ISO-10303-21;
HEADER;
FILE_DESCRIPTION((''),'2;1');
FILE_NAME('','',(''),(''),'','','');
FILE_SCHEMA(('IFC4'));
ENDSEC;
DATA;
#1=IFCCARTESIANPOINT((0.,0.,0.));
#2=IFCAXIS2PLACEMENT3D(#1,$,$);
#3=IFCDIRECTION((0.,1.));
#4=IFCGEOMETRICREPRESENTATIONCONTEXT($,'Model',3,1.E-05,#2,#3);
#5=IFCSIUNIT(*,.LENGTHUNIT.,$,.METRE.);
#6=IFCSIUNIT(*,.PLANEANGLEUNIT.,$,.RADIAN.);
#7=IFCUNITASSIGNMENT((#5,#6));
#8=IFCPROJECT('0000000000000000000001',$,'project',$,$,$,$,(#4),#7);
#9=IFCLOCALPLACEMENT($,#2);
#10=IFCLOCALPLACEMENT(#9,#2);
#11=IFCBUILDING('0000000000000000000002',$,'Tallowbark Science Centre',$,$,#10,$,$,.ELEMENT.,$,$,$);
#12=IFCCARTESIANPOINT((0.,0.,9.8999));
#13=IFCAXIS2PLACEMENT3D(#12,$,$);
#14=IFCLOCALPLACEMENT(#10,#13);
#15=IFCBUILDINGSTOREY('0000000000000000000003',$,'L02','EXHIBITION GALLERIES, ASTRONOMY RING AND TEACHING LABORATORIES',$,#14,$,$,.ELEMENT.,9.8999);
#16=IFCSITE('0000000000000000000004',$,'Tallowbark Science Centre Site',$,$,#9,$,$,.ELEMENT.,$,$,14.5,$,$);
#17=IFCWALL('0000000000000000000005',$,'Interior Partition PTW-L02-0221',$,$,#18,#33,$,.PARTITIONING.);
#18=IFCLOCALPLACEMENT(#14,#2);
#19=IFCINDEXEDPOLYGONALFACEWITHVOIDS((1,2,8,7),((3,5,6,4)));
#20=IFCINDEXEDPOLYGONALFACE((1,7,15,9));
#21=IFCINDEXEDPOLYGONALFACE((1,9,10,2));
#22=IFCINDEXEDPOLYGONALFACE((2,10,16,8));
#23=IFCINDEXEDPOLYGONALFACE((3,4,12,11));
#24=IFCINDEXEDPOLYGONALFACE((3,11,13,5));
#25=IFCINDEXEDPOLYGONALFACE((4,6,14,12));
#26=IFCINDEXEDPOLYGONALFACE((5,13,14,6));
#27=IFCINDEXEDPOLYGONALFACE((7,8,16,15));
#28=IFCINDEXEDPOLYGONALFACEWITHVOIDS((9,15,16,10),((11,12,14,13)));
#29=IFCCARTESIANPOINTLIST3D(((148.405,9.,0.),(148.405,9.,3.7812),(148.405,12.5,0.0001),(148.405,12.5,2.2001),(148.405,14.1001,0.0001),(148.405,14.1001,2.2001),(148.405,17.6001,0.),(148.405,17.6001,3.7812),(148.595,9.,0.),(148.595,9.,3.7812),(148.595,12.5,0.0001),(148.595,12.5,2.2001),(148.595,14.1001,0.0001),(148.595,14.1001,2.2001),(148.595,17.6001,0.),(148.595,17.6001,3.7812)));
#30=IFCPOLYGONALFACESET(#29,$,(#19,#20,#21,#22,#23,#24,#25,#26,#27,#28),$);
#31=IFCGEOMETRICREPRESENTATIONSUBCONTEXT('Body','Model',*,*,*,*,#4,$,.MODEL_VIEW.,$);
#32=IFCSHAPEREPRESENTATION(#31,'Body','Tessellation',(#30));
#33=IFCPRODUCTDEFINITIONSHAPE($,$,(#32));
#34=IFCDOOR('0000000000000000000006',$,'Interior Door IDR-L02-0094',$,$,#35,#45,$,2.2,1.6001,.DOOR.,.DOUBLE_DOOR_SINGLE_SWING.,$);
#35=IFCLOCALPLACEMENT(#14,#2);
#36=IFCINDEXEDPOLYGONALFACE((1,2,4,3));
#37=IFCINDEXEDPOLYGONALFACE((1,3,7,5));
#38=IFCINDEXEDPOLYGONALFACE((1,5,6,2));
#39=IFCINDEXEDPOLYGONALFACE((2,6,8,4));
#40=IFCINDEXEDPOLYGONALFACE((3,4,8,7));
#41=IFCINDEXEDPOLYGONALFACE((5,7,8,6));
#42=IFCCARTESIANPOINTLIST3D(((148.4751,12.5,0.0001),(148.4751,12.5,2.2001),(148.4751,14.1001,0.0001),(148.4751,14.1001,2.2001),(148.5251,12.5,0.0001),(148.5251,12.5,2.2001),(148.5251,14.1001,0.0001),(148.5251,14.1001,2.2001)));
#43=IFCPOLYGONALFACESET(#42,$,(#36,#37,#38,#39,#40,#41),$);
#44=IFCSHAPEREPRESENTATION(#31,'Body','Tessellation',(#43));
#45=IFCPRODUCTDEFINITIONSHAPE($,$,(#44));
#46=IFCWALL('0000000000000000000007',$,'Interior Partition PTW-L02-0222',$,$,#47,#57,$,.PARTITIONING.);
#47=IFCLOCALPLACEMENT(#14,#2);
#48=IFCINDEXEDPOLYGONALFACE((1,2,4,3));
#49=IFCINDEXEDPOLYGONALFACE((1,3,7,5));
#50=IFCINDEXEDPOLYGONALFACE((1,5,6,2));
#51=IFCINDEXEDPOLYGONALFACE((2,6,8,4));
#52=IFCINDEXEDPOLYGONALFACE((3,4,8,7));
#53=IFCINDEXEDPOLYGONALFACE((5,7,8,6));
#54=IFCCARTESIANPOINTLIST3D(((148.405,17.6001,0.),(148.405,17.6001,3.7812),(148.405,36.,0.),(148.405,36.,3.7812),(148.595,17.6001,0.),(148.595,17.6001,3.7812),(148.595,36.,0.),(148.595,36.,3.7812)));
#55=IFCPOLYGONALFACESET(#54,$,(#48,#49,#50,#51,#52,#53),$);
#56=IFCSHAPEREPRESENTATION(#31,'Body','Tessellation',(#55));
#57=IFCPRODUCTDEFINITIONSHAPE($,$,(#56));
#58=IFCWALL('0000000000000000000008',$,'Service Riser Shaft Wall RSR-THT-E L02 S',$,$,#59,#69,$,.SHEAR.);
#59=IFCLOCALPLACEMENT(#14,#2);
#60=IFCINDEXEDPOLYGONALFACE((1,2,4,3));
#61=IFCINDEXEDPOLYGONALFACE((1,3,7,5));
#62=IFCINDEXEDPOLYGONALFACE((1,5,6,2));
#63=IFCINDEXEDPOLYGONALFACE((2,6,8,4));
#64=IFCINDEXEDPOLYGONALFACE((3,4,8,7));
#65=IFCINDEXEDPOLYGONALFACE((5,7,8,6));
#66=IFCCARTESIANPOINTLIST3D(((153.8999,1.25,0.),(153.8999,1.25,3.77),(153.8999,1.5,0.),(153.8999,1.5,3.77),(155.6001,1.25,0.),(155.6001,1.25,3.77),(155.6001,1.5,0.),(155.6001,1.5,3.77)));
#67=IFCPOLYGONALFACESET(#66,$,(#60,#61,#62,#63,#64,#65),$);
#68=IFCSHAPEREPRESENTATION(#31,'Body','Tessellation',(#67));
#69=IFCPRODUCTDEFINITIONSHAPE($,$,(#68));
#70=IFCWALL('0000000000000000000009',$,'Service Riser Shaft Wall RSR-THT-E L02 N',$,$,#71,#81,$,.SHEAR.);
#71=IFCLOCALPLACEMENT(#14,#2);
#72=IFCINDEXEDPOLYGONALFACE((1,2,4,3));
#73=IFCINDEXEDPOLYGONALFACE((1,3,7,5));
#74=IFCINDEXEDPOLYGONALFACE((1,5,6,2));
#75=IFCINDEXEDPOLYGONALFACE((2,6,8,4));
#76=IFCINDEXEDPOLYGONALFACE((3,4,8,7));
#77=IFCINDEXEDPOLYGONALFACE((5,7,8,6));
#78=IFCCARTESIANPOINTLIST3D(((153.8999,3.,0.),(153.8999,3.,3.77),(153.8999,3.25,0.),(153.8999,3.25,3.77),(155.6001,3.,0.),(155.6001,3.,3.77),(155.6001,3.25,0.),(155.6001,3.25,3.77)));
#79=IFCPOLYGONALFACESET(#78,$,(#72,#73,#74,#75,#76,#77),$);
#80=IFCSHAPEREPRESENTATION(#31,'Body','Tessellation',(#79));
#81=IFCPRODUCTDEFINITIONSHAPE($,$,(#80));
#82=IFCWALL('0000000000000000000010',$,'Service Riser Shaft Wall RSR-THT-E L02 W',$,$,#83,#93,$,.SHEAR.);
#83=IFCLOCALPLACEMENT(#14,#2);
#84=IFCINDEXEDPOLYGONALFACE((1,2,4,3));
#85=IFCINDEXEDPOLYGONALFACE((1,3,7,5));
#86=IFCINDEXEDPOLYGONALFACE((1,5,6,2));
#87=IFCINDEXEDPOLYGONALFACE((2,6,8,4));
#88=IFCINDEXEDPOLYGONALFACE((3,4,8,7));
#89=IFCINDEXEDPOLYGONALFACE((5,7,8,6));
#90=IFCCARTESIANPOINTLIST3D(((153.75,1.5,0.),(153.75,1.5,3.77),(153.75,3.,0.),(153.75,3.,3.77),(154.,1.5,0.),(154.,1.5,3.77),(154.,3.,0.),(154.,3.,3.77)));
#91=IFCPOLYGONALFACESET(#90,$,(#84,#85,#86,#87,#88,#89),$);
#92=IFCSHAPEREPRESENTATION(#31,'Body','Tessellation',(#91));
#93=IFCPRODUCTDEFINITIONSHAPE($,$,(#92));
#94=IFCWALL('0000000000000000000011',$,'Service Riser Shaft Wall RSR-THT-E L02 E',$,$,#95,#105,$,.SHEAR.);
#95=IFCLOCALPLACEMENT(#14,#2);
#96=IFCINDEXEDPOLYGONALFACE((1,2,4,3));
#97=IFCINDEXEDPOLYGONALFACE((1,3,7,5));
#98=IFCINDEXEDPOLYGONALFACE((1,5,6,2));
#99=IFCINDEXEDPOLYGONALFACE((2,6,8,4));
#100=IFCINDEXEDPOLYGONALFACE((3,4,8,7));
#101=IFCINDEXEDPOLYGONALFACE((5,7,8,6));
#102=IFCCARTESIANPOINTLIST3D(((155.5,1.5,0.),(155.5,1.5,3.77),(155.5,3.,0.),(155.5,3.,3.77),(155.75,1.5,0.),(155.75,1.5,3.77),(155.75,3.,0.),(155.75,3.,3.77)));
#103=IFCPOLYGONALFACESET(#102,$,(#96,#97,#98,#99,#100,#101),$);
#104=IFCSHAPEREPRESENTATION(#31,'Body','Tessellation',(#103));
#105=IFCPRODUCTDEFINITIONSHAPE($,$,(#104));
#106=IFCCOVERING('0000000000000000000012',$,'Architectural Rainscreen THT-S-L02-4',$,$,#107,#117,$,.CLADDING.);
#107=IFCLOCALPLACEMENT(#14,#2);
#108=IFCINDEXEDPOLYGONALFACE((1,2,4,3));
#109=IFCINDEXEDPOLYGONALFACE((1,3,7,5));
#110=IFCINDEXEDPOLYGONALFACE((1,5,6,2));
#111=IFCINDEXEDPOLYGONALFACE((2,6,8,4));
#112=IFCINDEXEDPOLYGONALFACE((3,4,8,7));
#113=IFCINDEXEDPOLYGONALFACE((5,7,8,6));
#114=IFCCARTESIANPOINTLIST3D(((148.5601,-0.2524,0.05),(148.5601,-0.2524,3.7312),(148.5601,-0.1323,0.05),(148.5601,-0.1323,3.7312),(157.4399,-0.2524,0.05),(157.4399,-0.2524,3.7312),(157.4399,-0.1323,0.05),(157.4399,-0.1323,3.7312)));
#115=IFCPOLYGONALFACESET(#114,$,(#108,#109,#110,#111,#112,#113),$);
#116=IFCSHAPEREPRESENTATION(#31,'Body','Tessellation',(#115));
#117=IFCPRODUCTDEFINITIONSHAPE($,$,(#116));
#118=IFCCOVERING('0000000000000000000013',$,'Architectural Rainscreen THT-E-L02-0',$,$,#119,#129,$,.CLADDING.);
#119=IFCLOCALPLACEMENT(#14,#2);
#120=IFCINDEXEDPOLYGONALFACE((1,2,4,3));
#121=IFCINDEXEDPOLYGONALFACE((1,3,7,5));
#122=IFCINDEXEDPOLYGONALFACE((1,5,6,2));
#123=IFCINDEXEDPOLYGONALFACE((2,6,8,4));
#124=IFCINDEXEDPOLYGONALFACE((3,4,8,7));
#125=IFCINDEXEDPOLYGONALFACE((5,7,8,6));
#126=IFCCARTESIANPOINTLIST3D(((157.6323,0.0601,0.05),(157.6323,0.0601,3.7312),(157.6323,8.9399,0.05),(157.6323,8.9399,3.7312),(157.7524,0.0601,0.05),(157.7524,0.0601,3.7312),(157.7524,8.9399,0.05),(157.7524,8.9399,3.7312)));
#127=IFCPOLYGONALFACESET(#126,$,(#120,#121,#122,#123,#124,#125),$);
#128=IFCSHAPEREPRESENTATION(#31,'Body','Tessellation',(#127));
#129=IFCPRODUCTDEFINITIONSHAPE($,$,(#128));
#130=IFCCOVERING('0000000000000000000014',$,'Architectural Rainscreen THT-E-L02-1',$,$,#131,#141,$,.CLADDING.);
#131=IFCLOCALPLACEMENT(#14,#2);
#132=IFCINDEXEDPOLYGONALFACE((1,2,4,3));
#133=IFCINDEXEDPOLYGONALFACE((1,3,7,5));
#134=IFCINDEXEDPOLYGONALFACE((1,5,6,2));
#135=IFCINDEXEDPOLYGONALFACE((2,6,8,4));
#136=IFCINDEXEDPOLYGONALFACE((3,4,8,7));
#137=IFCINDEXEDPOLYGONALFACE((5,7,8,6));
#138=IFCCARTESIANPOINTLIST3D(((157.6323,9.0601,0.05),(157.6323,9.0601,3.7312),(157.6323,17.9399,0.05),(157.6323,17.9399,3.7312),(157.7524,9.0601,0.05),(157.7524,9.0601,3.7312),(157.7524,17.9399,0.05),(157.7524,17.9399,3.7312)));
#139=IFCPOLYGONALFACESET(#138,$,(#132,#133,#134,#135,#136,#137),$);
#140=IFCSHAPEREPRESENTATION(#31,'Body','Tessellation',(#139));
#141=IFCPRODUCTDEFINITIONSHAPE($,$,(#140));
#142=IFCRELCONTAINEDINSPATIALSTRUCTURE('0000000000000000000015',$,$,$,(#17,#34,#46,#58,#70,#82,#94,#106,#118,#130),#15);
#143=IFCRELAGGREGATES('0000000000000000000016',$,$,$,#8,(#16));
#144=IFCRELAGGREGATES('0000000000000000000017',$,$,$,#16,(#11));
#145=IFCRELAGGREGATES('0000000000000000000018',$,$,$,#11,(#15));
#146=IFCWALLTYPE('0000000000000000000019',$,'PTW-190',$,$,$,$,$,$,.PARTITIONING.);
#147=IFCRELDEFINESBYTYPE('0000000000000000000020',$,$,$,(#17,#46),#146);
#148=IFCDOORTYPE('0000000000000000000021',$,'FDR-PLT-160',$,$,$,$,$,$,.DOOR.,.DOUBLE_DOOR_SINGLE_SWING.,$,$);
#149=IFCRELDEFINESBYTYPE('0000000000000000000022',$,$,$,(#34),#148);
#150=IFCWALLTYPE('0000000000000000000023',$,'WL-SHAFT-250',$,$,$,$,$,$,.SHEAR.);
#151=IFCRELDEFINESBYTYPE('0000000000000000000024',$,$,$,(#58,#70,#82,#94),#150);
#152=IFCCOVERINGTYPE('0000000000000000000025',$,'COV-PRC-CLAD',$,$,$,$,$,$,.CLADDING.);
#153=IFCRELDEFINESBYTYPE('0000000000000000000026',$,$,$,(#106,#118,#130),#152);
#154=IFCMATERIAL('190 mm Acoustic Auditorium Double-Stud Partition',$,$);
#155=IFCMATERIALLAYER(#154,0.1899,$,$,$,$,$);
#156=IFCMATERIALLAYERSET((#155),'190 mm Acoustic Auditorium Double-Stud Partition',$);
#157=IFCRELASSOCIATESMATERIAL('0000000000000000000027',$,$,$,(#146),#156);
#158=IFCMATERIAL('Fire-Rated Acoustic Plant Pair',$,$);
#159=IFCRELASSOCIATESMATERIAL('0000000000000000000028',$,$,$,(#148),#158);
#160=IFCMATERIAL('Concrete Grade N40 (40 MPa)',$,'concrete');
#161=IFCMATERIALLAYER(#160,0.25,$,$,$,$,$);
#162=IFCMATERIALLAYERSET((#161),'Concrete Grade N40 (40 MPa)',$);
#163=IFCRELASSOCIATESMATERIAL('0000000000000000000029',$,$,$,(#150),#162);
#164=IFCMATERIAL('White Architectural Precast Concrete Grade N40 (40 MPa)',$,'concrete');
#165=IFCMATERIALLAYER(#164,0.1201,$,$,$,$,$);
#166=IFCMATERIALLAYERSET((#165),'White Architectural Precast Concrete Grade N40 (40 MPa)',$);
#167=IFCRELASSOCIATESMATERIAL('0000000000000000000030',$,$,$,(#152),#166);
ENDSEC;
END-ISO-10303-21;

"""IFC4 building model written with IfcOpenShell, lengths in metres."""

from ifc_helpers import new_model, si_unit, direction, frame, frame_2d, origin, origin_2d, place, context, subcontext, project, spatial, rectangle, extrude, material, layer, layer_set, type_object, element, fill, save


model = new_model("IFC4")

# Units and contexts
model_context = context("Model", 3, precision=1e-05, world=origin(), true_north=direction((0.0, 1.0)))
body_context = subcontext(model_context, "Body", "Model", "MODEL_VIEW")
ifc_project = project(units=[si_unit("LENGTHUNIT", "METRE"), si_unit("PLANEANGLEUNIT", "RADIAN")], contexts=[model_context])

# Site, building, storey
site_placement = place(None, origin())
site = spatial("IfcSite", under=ifc_project, at=site_placement, Name="Tallowbark Science Centre Site", CompositionType="ELEMENT", RefElevation=14.5)
building_placement = place(site_placement, origin())
building = spatial("IfcBuilding", under=site, at=building_placement, Name="Tallowbark Science Centre", CompositionType="ELEMENT")
storey_placement = place(building_placement, frame((0.0, 0.0, 9.8999)))
storey = spatial("IfcBuildingStorey", under=building, at=storey_placement, Name="L02", Description="EXHIBITION GALLERIES, ASTRONOMY RING AND TEACHING LABORATORIES", CompositionType="ELEMENT", Elevation=9.8999)

# Wall, opening, door
ifc_material_1 = material(Name="190 mm Acoustic Auditorium Double-Stud Partition")
ifc_layer_1 = layer(ifc_material_1, 0.1899)
ifc_layer_set_1 = layer_set([ifc_layer_1], Name="190 mm Acoustic Auditorium Double-Stud Partition")
wall_type_1 = type_object("IfcWallType", Name="PTW-190", PredefinedType="PARTITIONING", material=ifc_layer_set_1)
wall_1_placement = place(storey_placement, frame((148.5, 9.0, 0.0), z_axis=(0.0, 0.0, 1.0), x_axis=(0.0, 1.0, 0.0)))
wall_1 = element("IfcWall", 1, at=wall_1_placement, inside=storey, type_object=wall_type_1, Name="Interior Partition PTW-L02-0221", PredefinedType="PARTITIONING", context=body_context, shape_type="SweptSolid", body=[
    extrude(rectangle(XDim=8.6001, YDim=0.1899, at=frame_2d((4.3, 0.0))), origin(), (0.0, 0.0, 1.0), 3.7812),
])
opening_1_placement = place(wall_1_placement, frame((3.5, 0.0, 0.0)))
opening_1 = element("IfcOpeningElement", 2, at=opening_1_placement, cuts=wall_1, PredefinedType="OPENING", context=body_context, shape_type="SweptSolid", body=[
    extrude(rectangle(XDim=1.6001, YDim=2.2, at=frame_2d((0.8, 1.1001))), frame((0.0, 0.105, 0.0), z_axis=(0.0, -1.0, 0.0), x_axis=(1.0, 0.0, 0.0)), (0.0, 0.0, 1.0), 0.21),
])
ifc_material_2 = material(Name="Fire-Rated Acoustic Plant Pair")
door_type_1 = type_object("IfcDoorType", Name="FDR-PLT-160", OperationType="DOUBLE_DOOR_SINGLE_SWING", PredefinedType="DOOR", material=ifc_material_2)
door_1_placement = place(opening_1_placement, origin())
door_1 = element("IfcDoor", 3, at=door_1_placement, inside=storey, type_object=door_type_1, Name="Interior Door IDR-L02-0094", OperationType="DOUBLE_DOOR_SINGLE_SWING", OverallHeight=2.2, OverallWidth=1.6001, PredefinedType="DOOR", context=body_context, shape_type="SweptSolid", body=[
    extrude(rectangle(XDim=1.6001, YDim=2.2, at=frame_2d((0.8, 1.1001))), frame((0.0, 0.0249, 0.0), z_axis=(0.0, -1.0, 0.0), x_axis=(1.0, 0.0, 0.0)), (0.0, 0.0, 1.0), 0.05),
])
fill(opening_1, door_1)

# Walls
wall_2_placement = place(storey_placement, frame((148.5, 17.6001, 0.0), z_axis=(0.0, 0.0, 1.0), x_axis=(0.0, 1.0, 0.0)))
element("IfcWall", 4, at=wall_2_placement, inside=storey, type_object=wall_type_1, Name="Interior Partition PTW-L02-0222", PredefinedType="PARTITIONING", context=body_context, shape_type="SweptSolid", body=[
    extrude(rectangle(XDim=18.3999, YDim=0.1899, at=frame_2d((9.2, 0.0))), origin(), (0.0, 0.0, 1.0), 3.7812),
])
ifc_material_3 = material(Name="Concrete Grade N40 (40 MPa)", Category="concrete")
ifc_layer_2 = layer(ifc_material_3, 0.25)
ifc_layer_set_2 = layer_set([ifc_layer_2], Name="Concrete Grade N40 (40 MPa)")
wall_type_2 = type_object("IfcWallType", Name="WL-SHAFT-250", PredefinedType="SHEAR", material=ifc_layer_set_2)
for number, where, z_axis, x_axis, name in (
    (5, (153.8999, 1.375, 0.0), (0.0, 0.0, 1.0), (1.0, 0.0, 0.0), "Service Riser Shaft Wall RSR-THT-E L02 S"),
    (6, (153.8999, 3.125, 0.0), (0.0, 0.0, 1.0), (1.0, 0.0, 0.0), "Service Riser Shaft Wall RSR-THT-E L02 N"),
):
    element("IfcWall", number, at=place(storey_placement, frame(where, z_axis=z_axis, x_axis=x_axis)), inside=storey, type_object=wall_type_2, Name=name, PredefinedType="SHEAR", context=body_context, shape_type="SweptSolid", body=[
        extrude(rectangle(XDim=1.7002, YDim=0.25, at=frame_2d((0.8501, 0.0))), origin(), (0.0, 0.0, 1.0), 3.77),
    ])
for number, where, z_axis, x_axis, name in (
    (7, (153.875, 1.5, 0.0), (0.0, 0.0, 1.0), (0.0, 1.0, 0.0), "Service Riser Shaft Wall RSR-THT-E L02 W"),
    (8, (155.625, 1.5, 0.0), (0.0, 0.0, 1.0), (0.0, 1.0, 0.0), "Service Riser Shaft Wall RSR-THT-E L02 E"),
):
    element("IfcWall", number, at=place(storey_placement, frame(where, z_axis=z_axis, x_axis=x_axis)), inside=storey, type_object=wall_type_2, Name=name, PredefinedType="SHEAR", context=body_context, shape_type="SweptSolid", body=[
        extrude(rectangle(XDim=1.5, YDim=0.25, at=frame_2d((0.75, 0.0))), origin(), (0.0, 0.0, 1.0), 3.77),
    ])

# Coverings
ifc_material_4 = material(Name="White Architectural Precast Concrete Grade N40 (40 MPa)", Category="concrete")
ifc_layer_3 = layer(ifc_material_4, 0.1201)
ifc_layer_set_3 = layer_set([ifc_layer_3], Name="White Architectural Precast Concrete Grade N40 (40 MPa)")
covering_type = type_object("IfcCoveringType", Name="COV-PRC-CLAD", PredefinedType="CLADDING", material=ifc_layer_set_3)
for number, where, z_axis, x_axis, name in (
    (9, (153.0, -0.1924, 0.05), (0.0, 0.0, 1.0), (1.0, 0.0, 0.0), "Architectural Rainscreen THT-S-L02-4"),
    (10, (157.6924, 4.5, 0.05), (0.0, 0.0, 1.0), (0.0, 1.0, 0.0), "Architectural Rainscreen THT-E-L02-0"),
    (11, (157.6924, 13.5, 0.05), (0.0, 0.0, 1.0), (0.0, 1.0, 0.0), "Architectural Rainscreen THT-E-L02-1"),
):
    element("IfcCovering", number, at=place(storey_placement, frame(where, z_axis=z_axis, x_axis=x_axis)), inside=storey, type_object=covering_type, Name=name, PredefinedType="CLADDING", context=body_context, shape_type="SweptSolid", body=[
        extrude(rectangle(XDim=8.8799, YDim=0.1201, at=origin_2d()), origin(), (0.0, 0.0, 1.0), 3.6812),
    ])

save(model, "model.ifc")
